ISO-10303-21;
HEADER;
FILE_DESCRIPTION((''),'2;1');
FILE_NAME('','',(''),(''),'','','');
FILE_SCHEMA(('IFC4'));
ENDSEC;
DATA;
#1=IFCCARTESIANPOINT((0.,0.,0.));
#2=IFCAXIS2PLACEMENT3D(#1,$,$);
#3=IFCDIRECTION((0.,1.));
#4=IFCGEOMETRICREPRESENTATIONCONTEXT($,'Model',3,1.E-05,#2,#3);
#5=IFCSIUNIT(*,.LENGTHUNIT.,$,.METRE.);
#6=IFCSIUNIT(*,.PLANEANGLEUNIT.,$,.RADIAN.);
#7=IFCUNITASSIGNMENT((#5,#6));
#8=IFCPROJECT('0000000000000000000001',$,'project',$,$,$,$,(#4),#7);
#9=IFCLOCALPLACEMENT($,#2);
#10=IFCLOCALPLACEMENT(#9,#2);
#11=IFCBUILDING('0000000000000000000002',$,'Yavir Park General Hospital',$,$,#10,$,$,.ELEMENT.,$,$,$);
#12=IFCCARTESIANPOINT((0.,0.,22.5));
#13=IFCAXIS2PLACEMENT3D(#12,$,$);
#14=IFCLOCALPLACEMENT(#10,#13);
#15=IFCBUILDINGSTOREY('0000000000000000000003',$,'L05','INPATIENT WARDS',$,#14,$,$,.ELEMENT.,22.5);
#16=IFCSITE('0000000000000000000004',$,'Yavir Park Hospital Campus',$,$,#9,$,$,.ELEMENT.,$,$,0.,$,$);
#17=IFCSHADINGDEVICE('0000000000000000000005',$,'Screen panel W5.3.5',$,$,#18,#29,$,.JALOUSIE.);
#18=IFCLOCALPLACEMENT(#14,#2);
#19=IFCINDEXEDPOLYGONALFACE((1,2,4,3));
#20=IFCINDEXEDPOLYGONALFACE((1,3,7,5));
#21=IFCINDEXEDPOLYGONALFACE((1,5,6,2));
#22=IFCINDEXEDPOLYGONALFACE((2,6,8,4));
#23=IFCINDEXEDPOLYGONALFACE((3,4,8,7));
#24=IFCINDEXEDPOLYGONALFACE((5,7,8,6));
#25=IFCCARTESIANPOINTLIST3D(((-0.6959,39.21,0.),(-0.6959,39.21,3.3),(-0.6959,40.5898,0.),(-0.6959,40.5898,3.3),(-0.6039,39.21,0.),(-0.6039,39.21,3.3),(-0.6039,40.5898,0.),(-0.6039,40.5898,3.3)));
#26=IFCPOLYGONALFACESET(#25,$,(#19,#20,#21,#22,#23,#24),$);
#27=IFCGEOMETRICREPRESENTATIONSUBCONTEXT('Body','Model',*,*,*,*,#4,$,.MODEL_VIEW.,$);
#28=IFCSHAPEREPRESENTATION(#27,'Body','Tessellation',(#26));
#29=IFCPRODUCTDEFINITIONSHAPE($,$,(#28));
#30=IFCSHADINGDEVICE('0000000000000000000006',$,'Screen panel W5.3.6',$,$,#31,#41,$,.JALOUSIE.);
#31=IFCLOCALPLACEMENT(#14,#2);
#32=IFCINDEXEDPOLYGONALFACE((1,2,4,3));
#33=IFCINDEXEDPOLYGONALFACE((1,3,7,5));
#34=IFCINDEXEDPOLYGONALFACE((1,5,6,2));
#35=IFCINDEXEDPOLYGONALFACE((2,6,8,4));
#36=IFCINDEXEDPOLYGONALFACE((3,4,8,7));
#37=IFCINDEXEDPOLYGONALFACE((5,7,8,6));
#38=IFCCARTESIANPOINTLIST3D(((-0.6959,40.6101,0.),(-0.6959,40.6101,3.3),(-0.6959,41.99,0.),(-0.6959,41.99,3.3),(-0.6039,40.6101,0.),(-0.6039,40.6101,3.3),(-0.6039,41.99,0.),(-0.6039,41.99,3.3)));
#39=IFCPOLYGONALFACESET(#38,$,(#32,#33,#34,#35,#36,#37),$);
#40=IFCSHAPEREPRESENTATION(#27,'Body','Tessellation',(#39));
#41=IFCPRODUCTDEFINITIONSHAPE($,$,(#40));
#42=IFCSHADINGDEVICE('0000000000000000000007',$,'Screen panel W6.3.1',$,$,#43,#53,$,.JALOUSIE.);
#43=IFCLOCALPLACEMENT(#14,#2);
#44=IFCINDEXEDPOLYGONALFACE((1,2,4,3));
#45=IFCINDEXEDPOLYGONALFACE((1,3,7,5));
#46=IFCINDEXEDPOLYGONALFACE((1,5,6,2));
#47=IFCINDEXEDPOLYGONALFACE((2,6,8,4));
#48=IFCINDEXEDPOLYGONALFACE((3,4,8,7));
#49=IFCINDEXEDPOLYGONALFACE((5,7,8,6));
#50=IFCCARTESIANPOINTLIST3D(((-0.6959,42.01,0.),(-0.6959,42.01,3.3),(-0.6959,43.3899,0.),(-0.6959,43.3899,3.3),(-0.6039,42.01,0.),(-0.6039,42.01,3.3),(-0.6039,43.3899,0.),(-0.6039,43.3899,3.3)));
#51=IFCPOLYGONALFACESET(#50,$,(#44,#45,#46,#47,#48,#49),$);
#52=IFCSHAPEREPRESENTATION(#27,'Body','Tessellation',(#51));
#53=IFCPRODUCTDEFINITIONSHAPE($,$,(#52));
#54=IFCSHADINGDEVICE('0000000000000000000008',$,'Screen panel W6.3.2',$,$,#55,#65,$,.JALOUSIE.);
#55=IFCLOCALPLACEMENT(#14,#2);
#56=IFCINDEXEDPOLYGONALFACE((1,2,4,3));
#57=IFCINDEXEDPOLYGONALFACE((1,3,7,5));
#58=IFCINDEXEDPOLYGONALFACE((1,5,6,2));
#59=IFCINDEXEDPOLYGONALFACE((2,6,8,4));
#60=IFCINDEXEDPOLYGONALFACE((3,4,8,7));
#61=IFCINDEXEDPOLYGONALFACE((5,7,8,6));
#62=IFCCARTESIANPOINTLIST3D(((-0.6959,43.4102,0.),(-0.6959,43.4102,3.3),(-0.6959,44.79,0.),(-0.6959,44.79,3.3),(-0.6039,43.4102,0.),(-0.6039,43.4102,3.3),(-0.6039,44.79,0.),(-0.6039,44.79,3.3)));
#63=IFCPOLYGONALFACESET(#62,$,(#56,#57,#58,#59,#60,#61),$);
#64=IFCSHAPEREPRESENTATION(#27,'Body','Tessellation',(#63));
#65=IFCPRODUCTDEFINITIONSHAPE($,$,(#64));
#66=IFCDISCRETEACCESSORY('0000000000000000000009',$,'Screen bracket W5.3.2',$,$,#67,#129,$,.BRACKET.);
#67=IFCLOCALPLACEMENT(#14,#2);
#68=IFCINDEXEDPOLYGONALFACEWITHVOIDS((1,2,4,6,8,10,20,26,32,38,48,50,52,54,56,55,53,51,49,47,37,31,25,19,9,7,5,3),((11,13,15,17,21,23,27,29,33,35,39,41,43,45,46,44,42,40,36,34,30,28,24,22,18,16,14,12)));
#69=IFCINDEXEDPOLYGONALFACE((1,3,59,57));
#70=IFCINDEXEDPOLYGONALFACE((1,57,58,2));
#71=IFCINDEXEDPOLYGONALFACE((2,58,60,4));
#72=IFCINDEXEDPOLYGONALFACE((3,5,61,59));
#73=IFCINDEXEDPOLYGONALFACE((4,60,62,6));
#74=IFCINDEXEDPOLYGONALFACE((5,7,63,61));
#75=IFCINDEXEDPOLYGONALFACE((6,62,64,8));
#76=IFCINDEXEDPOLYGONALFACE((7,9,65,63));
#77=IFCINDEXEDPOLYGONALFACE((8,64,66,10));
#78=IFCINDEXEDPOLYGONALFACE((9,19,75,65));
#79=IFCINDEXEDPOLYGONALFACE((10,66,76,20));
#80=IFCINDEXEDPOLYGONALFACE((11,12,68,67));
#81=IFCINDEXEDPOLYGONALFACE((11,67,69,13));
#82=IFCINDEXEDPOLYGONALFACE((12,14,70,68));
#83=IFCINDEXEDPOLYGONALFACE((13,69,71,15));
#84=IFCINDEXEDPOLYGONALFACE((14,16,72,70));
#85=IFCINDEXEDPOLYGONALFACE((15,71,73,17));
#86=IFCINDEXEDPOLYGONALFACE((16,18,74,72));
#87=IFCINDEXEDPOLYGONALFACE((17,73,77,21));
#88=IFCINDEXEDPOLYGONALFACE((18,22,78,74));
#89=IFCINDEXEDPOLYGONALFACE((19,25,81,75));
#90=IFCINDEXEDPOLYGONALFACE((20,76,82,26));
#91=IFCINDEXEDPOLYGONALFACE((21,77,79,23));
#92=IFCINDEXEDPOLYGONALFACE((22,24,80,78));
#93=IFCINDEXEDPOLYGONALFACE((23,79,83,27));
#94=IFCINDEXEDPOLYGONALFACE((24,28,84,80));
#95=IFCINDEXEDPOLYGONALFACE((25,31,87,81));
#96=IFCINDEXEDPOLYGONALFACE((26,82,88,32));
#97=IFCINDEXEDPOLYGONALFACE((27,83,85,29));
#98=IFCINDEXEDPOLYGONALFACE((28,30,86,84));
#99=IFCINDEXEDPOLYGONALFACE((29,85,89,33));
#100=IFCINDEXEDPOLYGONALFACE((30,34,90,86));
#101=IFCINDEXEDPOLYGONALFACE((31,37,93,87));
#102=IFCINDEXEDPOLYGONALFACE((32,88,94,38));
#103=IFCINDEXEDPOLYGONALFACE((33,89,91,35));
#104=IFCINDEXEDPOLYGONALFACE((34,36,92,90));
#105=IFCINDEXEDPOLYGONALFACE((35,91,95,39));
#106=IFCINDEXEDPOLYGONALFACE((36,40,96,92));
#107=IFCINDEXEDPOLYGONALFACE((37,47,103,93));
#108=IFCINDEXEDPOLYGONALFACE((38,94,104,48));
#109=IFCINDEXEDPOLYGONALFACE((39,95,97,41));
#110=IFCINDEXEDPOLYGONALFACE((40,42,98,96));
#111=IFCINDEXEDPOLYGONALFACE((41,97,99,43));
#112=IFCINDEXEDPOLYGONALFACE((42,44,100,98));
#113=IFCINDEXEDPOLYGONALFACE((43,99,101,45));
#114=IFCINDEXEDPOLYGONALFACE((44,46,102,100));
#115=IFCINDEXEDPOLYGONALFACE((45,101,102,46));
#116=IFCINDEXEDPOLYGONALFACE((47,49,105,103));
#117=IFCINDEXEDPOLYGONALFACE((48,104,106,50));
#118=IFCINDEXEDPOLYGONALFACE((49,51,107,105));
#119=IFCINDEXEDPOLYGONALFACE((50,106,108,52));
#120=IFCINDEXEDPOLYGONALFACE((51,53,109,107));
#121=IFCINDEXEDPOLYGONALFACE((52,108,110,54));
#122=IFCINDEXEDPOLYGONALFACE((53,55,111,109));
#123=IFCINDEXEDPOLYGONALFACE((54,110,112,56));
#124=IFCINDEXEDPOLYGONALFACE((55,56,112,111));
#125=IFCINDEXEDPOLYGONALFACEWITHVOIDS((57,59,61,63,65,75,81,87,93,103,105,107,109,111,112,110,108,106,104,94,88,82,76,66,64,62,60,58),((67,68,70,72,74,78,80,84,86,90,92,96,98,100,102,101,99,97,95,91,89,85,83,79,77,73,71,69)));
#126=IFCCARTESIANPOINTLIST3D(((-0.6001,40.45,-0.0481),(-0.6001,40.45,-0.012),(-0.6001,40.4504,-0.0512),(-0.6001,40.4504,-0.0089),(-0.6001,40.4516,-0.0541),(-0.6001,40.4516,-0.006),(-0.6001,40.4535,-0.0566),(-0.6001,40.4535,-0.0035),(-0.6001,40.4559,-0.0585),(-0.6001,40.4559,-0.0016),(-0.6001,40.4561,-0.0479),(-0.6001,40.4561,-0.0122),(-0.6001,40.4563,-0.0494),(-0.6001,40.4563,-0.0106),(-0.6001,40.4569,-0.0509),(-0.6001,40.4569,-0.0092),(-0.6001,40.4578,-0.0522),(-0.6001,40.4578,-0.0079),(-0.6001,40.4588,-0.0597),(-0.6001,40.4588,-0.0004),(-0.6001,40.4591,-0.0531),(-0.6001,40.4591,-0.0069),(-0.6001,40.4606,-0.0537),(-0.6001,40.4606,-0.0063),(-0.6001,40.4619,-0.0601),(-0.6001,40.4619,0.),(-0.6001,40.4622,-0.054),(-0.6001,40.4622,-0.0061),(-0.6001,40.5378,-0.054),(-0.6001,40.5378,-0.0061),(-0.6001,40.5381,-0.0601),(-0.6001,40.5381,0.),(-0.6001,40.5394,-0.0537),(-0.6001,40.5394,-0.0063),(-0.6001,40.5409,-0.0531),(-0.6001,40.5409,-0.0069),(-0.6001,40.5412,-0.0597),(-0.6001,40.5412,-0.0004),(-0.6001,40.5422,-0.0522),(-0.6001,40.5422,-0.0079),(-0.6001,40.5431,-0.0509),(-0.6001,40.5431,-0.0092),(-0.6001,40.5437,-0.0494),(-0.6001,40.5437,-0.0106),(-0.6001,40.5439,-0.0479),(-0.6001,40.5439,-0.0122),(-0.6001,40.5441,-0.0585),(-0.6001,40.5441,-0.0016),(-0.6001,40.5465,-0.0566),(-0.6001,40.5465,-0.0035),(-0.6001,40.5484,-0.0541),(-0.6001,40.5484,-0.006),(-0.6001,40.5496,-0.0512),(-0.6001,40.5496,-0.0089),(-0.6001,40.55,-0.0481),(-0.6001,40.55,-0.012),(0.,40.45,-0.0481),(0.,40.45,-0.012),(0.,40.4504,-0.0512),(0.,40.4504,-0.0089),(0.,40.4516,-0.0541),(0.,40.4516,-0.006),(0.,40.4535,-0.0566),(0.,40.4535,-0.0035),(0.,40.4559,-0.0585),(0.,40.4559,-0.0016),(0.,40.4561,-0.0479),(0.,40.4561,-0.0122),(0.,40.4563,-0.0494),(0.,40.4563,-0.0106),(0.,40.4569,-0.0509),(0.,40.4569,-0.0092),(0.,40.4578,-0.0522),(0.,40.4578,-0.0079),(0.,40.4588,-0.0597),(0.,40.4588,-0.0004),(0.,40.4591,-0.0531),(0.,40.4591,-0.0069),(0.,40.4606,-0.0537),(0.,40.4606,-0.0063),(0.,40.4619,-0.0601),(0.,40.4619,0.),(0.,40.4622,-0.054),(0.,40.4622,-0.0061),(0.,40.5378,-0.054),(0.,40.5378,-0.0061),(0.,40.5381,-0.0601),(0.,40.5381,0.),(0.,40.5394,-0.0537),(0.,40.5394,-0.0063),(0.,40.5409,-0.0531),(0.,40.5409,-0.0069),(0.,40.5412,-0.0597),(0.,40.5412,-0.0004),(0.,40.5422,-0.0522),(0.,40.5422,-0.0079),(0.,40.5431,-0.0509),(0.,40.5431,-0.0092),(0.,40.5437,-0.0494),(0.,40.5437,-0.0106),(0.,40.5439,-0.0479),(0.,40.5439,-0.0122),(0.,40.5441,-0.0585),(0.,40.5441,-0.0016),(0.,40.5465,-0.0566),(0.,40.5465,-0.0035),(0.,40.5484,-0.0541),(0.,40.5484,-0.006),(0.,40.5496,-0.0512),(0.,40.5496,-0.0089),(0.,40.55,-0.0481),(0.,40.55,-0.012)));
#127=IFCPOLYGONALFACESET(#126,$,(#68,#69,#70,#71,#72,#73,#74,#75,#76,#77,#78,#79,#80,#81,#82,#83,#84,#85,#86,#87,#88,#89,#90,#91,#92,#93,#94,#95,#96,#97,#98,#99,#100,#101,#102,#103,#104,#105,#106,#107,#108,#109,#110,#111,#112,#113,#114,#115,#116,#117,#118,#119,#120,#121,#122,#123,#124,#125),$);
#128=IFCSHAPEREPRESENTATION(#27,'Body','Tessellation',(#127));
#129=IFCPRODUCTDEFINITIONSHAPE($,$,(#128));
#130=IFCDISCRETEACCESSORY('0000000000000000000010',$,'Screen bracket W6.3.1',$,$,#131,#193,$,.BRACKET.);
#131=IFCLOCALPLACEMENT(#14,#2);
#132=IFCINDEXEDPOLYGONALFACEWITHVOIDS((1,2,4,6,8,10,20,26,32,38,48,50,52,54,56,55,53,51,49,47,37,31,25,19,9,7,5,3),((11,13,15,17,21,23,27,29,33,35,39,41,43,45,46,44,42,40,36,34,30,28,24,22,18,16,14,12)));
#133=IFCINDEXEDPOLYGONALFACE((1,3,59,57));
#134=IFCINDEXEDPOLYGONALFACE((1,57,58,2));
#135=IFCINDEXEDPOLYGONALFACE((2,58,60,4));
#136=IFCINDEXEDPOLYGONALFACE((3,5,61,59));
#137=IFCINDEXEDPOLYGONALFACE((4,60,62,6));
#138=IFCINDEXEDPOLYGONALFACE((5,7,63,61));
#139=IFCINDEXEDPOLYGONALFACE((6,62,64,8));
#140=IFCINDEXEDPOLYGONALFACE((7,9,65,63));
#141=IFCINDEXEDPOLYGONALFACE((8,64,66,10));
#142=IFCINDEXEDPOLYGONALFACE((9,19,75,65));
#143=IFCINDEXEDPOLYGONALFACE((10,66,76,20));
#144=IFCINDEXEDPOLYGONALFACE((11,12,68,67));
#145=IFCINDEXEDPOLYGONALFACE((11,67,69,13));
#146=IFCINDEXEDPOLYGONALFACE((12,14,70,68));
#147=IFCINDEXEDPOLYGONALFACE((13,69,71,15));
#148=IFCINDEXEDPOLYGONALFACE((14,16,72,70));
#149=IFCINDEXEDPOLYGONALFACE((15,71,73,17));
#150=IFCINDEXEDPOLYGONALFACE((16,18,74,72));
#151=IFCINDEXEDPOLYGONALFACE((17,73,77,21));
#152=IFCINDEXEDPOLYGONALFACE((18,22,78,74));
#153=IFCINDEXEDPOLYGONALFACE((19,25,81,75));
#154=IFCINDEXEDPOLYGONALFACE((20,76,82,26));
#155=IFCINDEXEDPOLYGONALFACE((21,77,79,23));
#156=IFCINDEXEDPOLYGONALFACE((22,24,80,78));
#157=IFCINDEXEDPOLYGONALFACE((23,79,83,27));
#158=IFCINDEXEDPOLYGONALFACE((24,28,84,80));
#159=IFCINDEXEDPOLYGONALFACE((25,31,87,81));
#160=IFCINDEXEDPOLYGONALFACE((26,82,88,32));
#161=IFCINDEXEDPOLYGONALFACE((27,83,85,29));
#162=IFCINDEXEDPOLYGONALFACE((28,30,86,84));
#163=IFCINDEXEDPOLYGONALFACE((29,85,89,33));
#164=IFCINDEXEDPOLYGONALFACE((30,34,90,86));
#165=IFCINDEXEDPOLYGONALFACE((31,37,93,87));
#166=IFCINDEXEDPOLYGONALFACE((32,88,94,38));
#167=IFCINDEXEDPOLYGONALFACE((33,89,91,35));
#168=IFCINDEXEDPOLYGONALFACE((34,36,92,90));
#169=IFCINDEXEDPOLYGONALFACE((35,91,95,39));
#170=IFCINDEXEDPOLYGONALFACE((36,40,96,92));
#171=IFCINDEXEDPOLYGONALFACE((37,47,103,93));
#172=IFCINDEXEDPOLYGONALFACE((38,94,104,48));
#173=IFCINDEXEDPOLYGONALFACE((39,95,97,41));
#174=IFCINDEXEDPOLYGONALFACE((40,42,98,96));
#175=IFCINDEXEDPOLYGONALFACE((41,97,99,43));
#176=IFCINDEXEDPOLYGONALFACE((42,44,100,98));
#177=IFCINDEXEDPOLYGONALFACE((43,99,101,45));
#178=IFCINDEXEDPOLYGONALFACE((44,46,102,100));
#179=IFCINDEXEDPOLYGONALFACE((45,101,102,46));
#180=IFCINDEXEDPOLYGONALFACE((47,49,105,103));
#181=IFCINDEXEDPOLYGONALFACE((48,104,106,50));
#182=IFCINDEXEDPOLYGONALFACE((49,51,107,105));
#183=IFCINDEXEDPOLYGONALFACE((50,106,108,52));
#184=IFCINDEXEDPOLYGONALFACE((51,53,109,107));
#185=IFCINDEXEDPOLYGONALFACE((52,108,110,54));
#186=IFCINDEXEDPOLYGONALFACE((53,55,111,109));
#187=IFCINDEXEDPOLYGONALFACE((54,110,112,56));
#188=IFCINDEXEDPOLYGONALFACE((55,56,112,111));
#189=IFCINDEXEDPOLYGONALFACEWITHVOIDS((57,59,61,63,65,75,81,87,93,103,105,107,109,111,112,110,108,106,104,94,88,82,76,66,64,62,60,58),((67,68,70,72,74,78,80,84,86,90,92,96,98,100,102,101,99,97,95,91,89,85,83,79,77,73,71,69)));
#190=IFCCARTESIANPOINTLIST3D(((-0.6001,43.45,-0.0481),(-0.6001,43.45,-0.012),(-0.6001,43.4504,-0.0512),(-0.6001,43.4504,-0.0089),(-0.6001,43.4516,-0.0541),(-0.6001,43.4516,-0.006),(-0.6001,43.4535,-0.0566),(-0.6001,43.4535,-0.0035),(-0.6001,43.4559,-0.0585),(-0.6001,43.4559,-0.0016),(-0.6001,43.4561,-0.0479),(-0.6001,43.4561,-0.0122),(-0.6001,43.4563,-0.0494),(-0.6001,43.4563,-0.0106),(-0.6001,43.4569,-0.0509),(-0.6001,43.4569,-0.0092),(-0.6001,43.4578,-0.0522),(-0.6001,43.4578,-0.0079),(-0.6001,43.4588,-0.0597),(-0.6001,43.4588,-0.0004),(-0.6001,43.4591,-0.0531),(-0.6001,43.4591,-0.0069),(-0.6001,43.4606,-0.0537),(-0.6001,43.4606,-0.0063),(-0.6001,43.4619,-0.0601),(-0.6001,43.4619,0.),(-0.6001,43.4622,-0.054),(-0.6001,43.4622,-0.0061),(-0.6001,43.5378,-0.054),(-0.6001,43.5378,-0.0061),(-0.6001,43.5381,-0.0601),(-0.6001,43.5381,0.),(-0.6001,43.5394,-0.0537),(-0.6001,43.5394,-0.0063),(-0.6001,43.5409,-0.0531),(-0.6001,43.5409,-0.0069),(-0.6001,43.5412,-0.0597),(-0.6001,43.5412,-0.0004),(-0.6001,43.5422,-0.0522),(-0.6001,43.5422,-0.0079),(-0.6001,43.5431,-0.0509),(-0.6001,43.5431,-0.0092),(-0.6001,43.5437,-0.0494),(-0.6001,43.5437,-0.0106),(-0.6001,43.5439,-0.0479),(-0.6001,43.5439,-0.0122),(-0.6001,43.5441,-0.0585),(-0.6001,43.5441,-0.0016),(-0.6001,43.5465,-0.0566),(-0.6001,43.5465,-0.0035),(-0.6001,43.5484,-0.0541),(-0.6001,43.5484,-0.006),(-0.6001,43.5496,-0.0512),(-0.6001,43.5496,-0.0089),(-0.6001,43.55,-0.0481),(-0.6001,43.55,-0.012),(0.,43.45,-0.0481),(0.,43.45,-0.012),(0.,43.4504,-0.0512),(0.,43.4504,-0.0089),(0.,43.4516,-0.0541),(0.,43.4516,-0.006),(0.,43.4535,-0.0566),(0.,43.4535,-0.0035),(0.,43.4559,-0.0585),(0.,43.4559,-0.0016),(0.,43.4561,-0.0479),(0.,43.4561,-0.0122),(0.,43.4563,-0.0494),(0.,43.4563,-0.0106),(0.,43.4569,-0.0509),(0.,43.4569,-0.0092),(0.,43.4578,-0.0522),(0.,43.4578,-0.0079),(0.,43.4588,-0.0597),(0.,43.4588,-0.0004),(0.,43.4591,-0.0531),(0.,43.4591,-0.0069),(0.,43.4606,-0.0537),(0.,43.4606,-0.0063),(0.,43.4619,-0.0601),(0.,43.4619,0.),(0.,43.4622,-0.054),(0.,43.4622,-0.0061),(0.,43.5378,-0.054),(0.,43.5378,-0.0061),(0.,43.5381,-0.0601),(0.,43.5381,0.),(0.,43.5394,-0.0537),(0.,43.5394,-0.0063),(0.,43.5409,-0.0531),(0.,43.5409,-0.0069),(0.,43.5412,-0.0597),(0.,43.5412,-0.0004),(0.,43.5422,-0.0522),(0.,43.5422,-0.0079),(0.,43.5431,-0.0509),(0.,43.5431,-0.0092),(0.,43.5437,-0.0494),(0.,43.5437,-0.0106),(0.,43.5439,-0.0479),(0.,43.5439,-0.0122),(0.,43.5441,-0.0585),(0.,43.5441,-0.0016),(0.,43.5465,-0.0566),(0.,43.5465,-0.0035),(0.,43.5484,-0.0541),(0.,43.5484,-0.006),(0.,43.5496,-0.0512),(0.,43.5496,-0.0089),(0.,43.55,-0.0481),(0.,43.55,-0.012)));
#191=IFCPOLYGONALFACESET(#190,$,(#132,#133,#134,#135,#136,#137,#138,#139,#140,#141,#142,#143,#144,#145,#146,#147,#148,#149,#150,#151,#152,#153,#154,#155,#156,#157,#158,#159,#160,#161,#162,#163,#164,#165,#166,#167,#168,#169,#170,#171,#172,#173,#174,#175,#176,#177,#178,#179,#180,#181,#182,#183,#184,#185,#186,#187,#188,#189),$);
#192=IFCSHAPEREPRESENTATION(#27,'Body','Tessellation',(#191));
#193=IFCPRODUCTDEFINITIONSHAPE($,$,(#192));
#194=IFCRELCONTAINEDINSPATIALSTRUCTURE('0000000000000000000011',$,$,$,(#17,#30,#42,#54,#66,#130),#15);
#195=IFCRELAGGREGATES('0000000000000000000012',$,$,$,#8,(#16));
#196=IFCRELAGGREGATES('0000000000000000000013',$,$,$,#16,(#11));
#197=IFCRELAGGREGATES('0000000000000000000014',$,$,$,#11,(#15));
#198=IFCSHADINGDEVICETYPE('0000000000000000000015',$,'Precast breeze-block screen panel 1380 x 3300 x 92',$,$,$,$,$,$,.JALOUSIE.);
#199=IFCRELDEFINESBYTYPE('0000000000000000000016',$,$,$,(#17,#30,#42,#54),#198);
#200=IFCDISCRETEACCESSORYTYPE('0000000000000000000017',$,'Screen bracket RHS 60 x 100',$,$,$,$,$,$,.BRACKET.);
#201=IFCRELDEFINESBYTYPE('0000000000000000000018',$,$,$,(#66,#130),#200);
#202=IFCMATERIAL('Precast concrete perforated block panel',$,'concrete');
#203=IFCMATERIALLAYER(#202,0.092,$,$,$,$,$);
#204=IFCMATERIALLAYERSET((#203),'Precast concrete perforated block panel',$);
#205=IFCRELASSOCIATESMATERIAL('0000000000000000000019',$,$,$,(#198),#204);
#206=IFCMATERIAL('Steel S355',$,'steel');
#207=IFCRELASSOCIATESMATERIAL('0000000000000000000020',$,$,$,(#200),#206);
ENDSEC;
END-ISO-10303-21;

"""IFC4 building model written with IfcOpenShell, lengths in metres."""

from ifc_helpers import new_model, si_unit, direction, frame, origin, origin_2d, place, context, subcontext, project, spatial, rectangle, hollow_rectangle, extrude, material, layer, layer_set, material_profile, profile_set, type_object, element, save


model = new_model("IFC4")

# Units and contexts
model_context = context("Model", 3, precision=1e-05, world=origin(), true_north=direction((0.0, 1.0)))
body_context = subcontext(model_context, "Body", "Model", "MODEL_VIEW")
ifc_project = project(units=[si_unit("LENGTHUNIT", "METRE"), si_unit("PLANEANGLEUNIT", "RADIAN")], contexts=[model_context])

# Site, building, storey
site_placement = place(None, origin())
site = spatial("IfcSite", under=ifc_project, at=site_placement, Name="Yavir Park Hospital Campus", CompositionType="ELEMENT", RefElevation=0.0)
building_placement = place(site_placement, origin())
building = spatial("IfcBuilding", under=site, at=building_placement, Name="Yavir Park General Hospital", CompositionType="ELEMENT")
storey_placement = place(building_placement, frame((0.0, 0.0, 22.5)))
storey = spatial("IfcBuildingStorey", under=building, at=storey_placement, Name="L05", Description="INPATIENT WARDS", CompositionType="ELEMENT", Elevation=22.5)

# Shading devices
ifc_material_1 = material(Name="Precast concrete perforated block panel", Category="concrete")
ifc_layer_1 = layer(ifc_material_1, 0.092)
ifc_layer_set_1 = layer_set([ifc_layer_1], Name="Precast concrete perforated block panel")
shading_device_type = type_object("IfcShadingDeviceType", Name="Precast breeze-block screen panel 1380 x 3300 x 92", PredefinedType="JALOUSIE", material=ifc_layer_set_1)
for number, where, z_axis, x_axis, name in (
    (1, (-0.6499, 39.8999, 0.0), (0.0, 0.0, 1.0), (1.0, 0.0, 0.0), "Screen panel W5.3.5"),
    (2, (-0.6499, 41.3, 0.0), (0.0, 0.0, 1.0), (1.0, 0.0, 0.0), "Screen panel W5.3.6"),
    (3, (-0.6499, 42.7, 0.0), (0.0, 0.0, 1.0), (1.0, 0.0, 0.0), "Screen panel W6.3.1"),
    (4, (-0.6499, 44.1001, 0.0), (0.0, 0.0, 1.0), (1.0, 0.0, 0.0), "Screen panel W6.3.2"),
):
    element("IfcShadingDevice", number, at=place(storey_placement, frame(where, z_axis=z_axis, x_axis=x_axis)), inside=storey, type_object=shading_device_type, Name=name, PredefinedType="JALOUSIE", context=body_context, shape_type="SweptSolid", body=[
        extrude(rectangle(XDim=0.092, YDim=1.3799, at=origin_2d()), origin(), (0.0, 0.0, 1.0), 3.3),
    ])

# Discrete accessories
ifc_material_2 = material(Name="Steel S355", Category="steel")
ifc_material_profile_1 = material_profile(ifc_material_2, hollow_rectangle(XDim=0.1001, YDim=0.0601, WallThickness=0.0061, InnerFilletRadius=0.0061, OuterFilletRadius=0.012, at=origin_2d()), Name="RHS60x100x6")
ifc_profile_set_1 = profile_set([ifc_material_profile_1], Name="Steel S355")
discrete_accessory_type_1 = type_object("IfcDiscreteAccessoryType", Name="Screen bracket RHS 60 x 100", PredefinedType="BRACKET", material=ifc_profile_set_1)
for number, where, z_axis, x_axis, name in (
    (5, (0.0, 40.5, -0.03), (-1.0, 0.0, 0.0), (0.0, -1.0, 0.0), "Screen bracket W5.3.2"),
    (6, (0.0, 43.5, -0.03), (-1.0, 0.0, 0.0), (0.0, -1.0, 0.0), "Screen bracket W6.3.1"),
):
    element("IfcDiscreteAccessory", number, at=place(storey_placement, frame(where, z_axis=z_axis, x_axis=x_axis)), inside=storey, type_object=discrete_accessory_type_1, Name=name, PredefinedType="BRACKET", context=body_context, shape_type="SweptSolid", body=[
        extrude(hollow_rectangle(XDim=0.1001, YDim=0.0601, WallThickness=0.0061, InnerFilletRadius=0.0061, OuterFilletRadius=0.012, at=origin_2d()), origin(), (0.0, 0.0, 1.0), 0.6001),
    ])

save(model, "model.ifc")
